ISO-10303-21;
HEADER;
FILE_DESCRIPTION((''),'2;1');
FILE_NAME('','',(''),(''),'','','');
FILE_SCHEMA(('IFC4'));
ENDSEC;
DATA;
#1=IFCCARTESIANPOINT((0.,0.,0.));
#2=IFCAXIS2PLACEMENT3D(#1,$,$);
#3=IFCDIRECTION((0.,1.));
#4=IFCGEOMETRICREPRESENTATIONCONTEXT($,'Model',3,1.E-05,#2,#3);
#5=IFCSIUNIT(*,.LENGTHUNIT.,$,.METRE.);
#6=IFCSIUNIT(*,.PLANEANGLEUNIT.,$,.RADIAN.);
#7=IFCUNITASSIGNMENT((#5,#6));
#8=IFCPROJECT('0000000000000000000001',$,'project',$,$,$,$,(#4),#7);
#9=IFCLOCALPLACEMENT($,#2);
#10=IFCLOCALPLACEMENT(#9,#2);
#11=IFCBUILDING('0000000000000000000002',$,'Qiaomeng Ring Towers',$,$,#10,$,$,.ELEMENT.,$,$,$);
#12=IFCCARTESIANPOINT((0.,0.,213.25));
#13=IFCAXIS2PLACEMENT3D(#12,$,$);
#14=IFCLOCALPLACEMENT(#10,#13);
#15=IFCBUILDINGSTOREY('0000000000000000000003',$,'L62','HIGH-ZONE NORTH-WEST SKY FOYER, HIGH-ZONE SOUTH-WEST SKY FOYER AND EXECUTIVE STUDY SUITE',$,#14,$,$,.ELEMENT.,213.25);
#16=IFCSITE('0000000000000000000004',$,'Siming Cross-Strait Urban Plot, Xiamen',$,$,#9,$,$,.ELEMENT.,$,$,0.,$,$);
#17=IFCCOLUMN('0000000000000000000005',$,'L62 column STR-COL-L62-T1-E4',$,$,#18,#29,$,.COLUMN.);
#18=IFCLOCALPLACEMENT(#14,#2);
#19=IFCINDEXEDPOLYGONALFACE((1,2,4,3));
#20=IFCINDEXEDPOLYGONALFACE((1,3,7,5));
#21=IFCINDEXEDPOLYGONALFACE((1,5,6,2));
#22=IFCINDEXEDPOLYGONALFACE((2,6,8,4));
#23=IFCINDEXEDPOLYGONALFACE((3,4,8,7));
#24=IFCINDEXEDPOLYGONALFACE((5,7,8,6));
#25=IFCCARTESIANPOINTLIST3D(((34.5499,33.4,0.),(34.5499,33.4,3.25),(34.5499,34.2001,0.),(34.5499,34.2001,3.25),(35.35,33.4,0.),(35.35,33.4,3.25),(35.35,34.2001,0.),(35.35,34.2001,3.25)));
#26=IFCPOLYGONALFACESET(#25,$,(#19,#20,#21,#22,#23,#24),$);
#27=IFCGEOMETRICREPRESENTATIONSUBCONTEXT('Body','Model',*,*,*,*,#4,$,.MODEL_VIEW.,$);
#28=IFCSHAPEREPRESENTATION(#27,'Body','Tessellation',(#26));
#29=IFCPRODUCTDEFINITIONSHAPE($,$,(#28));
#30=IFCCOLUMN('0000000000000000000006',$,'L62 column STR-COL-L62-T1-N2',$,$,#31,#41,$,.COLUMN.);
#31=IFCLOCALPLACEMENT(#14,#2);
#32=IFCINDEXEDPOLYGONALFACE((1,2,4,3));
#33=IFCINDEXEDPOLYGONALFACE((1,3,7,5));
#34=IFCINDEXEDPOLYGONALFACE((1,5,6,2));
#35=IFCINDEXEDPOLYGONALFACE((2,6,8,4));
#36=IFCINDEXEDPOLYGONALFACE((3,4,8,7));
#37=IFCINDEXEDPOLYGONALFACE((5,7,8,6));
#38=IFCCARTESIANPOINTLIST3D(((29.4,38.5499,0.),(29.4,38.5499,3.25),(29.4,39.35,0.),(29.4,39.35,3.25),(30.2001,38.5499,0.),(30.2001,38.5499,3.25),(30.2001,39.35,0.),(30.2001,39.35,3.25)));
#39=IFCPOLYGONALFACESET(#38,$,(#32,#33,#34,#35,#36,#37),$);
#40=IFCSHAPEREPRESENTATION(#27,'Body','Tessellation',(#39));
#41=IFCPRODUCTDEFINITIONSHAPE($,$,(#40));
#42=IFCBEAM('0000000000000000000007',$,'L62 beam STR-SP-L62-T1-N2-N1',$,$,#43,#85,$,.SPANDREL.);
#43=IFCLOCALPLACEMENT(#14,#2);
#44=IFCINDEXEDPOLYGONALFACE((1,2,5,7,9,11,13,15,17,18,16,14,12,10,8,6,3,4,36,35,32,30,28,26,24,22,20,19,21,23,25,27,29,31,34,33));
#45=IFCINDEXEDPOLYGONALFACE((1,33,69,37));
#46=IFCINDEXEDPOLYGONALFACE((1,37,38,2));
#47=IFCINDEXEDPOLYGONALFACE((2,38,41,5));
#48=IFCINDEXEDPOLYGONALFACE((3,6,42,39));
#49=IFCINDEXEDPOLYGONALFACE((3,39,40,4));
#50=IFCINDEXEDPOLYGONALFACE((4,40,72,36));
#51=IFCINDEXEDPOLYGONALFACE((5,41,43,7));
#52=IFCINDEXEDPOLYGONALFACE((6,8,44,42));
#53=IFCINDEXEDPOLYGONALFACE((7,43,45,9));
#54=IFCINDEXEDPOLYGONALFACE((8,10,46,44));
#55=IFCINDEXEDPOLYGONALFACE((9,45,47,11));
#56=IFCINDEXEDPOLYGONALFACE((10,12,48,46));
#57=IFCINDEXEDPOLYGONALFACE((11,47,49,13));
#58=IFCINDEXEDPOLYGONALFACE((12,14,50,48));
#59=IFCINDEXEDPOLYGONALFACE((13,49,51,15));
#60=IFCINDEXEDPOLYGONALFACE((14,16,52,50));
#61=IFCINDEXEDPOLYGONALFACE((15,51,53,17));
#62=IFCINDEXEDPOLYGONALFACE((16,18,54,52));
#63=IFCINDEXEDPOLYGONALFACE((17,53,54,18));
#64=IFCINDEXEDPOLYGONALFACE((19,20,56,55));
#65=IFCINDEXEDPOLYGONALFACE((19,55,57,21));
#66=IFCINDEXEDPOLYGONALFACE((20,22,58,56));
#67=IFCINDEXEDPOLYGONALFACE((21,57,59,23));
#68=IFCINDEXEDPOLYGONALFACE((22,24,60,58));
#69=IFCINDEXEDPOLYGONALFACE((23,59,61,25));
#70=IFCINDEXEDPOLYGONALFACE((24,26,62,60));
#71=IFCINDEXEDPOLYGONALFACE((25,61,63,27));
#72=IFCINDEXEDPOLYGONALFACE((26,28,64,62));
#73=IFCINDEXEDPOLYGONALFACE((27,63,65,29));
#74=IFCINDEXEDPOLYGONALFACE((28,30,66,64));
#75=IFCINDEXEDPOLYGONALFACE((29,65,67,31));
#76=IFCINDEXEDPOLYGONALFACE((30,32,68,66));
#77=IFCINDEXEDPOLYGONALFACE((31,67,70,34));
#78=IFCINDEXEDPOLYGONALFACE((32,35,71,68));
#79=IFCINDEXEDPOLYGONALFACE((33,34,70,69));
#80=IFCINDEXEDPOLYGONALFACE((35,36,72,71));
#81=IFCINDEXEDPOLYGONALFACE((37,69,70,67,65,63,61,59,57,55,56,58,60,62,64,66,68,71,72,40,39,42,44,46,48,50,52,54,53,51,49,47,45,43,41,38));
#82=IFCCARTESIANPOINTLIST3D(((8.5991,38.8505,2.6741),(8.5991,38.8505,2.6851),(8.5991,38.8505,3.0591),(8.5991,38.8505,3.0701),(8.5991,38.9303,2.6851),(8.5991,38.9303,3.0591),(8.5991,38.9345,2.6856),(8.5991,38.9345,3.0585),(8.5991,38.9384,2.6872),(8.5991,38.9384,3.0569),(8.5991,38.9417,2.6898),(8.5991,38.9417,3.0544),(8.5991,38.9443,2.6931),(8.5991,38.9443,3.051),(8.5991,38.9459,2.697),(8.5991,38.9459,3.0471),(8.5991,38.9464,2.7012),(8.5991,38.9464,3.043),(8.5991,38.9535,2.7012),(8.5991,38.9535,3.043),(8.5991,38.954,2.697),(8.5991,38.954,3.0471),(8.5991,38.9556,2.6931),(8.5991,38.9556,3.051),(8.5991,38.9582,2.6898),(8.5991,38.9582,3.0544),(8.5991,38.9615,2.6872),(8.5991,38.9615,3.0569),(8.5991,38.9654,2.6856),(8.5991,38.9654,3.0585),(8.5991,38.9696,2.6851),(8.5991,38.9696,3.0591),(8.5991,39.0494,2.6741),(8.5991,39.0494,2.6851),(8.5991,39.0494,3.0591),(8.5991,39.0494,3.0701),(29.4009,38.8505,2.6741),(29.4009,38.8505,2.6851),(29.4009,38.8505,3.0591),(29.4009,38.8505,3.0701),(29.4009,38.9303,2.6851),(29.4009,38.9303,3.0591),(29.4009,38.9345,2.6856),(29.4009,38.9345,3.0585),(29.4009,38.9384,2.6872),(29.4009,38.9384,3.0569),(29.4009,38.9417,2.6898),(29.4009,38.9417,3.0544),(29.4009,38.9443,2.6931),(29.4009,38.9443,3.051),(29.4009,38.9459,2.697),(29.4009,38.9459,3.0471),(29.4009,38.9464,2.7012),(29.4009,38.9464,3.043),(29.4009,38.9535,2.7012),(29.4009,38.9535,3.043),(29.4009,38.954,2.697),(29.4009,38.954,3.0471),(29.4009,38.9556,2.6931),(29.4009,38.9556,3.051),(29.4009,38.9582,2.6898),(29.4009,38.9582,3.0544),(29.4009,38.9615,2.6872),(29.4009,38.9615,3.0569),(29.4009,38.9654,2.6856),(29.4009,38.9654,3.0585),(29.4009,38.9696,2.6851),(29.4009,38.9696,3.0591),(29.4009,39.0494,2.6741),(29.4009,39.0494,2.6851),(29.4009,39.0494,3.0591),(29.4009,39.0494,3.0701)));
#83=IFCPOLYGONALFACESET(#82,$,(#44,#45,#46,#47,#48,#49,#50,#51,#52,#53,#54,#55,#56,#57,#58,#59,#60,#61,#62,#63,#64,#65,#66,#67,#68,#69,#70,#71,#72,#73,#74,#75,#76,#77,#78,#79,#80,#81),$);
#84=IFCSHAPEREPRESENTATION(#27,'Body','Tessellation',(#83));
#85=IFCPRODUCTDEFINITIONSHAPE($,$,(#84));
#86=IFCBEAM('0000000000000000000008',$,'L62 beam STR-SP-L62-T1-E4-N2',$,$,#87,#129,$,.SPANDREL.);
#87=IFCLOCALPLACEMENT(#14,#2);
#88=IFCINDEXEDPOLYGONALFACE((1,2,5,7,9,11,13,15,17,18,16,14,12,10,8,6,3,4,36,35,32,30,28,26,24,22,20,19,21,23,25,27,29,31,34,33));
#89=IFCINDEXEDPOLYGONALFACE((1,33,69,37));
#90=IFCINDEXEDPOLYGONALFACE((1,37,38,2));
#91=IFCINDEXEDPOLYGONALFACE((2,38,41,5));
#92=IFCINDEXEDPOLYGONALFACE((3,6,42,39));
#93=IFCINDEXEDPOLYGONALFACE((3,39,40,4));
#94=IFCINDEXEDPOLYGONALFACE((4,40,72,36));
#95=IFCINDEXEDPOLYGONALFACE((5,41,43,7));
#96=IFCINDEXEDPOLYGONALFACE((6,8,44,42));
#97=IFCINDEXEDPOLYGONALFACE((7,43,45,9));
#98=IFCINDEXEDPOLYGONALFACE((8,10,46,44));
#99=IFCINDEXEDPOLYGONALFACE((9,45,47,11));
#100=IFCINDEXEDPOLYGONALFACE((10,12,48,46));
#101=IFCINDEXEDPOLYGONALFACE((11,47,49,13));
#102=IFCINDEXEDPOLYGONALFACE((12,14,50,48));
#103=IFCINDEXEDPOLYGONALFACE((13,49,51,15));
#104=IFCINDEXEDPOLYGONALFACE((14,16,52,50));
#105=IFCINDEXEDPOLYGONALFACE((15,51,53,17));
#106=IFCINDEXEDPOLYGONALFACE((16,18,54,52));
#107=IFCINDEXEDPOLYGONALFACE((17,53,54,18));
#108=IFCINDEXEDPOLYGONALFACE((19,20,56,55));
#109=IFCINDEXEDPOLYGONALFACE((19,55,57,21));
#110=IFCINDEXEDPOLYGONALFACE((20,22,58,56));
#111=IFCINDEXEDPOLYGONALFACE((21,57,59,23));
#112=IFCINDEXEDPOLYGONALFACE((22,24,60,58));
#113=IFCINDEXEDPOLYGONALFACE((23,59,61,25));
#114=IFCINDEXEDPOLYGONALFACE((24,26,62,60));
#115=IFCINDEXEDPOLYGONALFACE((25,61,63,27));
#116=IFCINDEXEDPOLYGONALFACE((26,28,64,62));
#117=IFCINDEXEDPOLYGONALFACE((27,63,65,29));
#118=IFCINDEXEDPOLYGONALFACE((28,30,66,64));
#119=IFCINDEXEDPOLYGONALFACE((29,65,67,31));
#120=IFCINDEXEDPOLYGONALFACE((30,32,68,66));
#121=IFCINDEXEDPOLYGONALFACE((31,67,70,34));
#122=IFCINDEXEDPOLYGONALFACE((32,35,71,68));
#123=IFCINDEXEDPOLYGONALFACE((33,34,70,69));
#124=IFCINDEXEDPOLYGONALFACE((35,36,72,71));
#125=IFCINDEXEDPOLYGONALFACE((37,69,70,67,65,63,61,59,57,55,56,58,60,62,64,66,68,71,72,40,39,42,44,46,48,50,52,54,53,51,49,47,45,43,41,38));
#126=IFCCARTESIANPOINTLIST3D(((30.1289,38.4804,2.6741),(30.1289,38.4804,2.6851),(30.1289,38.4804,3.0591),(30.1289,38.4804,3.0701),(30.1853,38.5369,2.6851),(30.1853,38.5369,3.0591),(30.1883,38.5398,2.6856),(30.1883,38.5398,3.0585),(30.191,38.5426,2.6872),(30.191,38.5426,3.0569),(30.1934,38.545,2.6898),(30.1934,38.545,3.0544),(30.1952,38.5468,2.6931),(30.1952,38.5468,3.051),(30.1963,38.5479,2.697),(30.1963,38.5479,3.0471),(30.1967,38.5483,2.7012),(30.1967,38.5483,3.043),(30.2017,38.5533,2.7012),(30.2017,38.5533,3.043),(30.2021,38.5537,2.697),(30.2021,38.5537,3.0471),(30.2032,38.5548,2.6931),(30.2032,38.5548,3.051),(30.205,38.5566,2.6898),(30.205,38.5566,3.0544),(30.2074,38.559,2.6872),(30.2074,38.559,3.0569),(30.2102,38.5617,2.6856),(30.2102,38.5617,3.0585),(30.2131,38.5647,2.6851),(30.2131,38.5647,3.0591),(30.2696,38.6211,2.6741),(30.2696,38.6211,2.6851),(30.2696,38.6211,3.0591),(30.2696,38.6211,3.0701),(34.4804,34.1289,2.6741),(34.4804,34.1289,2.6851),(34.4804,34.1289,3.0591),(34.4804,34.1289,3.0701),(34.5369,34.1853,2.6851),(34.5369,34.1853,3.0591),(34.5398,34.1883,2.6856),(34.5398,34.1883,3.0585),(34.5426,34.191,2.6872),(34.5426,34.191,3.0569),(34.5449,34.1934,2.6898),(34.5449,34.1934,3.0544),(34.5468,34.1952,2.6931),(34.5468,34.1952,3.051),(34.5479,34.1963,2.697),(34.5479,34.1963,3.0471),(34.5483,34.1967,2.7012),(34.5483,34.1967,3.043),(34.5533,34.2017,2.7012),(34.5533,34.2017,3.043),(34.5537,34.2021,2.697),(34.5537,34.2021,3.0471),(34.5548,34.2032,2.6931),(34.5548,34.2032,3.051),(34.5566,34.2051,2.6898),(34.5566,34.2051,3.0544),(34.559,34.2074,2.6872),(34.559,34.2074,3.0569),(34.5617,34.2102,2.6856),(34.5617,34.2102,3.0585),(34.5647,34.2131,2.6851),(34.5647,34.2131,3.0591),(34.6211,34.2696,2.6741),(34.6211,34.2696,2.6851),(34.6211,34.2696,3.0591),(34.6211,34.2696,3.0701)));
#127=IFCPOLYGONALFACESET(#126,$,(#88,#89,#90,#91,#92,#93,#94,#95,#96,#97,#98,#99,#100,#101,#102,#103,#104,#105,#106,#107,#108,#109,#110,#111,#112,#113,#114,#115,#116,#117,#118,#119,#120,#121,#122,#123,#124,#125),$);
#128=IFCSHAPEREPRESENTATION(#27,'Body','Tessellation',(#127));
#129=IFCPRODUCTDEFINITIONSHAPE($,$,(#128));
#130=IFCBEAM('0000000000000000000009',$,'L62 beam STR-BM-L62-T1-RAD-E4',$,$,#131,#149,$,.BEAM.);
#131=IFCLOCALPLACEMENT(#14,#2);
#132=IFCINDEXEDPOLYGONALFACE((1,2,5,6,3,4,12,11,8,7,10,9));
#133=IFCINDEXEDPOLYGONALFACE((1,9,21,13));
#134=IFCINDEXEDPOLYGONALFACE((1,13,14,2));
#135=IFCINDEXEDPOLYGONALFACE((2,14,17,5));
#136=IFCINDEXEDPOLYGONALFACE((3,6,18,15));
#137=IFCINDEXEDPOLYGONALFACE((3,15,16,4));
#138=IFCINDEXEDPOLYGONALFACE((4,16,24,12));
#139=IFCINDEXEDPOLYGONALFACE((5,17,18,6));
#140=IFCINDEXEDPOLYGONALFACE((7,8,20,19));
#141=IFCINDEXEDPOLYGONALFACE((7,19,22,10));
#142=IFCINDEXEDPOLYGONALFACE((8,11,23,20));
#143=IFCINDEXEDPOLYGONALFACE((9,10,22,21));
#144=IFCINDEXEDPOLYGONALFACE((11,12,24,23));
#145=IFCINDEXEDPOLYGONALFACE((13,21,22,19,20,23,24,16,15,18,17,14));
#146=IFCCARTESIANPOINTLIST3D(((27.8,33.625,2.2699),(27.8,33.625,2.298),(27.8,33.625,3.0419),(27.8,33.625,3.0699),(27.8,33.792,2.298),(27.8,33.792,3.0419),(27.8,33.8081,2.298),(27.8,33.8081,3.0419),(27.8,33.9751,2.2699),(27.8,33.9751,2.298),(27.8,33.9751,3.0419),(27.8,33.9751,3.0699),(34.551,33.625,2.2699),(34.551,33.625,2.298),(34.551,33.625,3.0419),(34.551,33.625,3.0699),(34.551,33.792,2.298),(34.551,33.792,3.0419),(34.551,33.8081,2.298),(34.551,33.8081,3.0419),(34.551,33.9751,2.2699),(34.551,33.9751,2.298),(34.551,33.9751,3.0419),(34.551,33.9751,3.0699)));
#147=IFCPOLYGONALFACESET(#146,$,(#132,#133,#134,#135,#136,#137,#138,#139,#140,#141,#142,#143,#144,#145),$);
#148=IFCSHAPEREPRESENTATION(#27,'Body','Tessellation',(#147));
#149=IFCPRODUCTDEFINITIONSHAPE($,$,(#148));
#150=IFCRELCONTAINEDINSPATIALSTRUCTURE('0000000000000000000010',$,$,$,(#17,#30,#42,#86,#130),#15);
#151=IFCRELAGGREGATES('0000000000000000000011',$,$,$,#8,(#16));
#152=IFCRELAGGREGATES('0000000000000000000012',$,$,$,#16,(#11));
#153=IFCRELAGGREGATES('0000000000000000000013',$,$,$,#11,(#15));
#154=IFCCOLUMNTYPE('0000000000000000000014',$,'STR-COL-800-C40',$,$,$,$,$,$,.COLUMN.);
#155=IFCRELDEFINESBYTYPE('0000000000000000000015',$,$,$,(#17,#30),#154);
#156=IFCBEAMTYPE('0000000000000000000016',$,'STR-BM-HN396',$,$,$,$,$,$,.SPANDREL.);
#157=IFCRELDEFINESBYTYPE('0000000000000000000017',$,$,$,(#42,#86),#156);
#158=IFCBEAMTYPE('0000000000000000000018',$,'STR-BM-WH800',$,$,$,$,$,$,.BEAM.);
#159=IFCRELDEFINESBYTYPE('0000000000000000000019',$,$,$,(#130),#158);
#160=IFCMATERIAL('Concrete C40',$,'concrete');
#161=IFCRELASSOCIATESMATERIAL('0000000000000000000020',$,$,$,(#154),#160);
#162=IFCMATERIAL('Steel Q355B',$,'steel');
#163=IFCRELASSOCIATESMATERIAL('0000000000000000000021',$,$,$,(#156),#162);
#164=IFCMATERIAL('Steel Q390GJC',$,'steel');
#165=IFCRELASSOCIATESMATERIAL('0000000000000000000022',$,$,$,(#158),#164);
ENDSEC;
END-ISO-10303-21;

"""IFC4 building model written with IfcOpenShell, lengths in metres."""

from ifc_helpers import new_model, si_unit, direction, frame, origin, origin_2d, place, context, subcontext, project, spatial, rectangle, i_section, extrude, source, transform, mapped, material, material_profile, profile_set, type_object, element, save


model = new_model("IFC4")

# Units and contexts
model_context = context("Model", 3, precision=1e-05, world=origin(), true_north=direction((0.0, 1.0)))
body_context = subcontext(model_context, "Body", "Model", "MODEL_VIEW")
ifc_project = project(units=[si_unit("LENGTHUNIT", "METRE"), si_unit("PLANEANGLEUNIT", "RADIAN")], contexts=[model_context])

# Site, building, storey
site_placement = place(None, origin())
site = spatial("IfcSite", under=ifc_project, at=site_placement, Name="Siming Cross-Strait Urban Plot, Xiamen", CompositionType="ELEMENT", RefElevation=0.0)
building_placement = place(site_placement, origin())
building = spatial("IfcBuilding", under=site, at=building_placement, Name="Qiaomeng Ring Towers", CompositionType="ELEMENT")
storey_placement = place(building_placement, frame((0.0, 0.0, 213.25)))
storey = spatial("IfcBuildingStorey", under=building, at=storey_placement, Name="L62", Description="HIGH-ZONE NORTH-WEST SKY FOYER, HIGH-ZONE SOUTH-WEST SKY FOYER AND EXECUTIVE STUDY SUITE", CompositionType="ELEMENT", Elevation=213.25)

# Columns
ifc_material_1 = material(Name="Concrete C40", Category="concrete")
ifc_material_profile_1 = material_profile(ifc_material_1, rectangle(XDim=0.8, YDim=0.8, at=origin_2d()), Name="RC COL 800x800")
ifc_profile_set_1 = profile_set([ifc_material_profile_1], Name="Concrete C40")
column_type = type_object("IfcColumnType", Name="STR-COL-800-C40", PredefinedType="COLUMN", material=ifc_profile_set_1)
shared_shape_1 = source(origin(), body_context, "Body", "SweptSolid", [
    extrude(rectangle(XDim=0.8, YDim=0.8, at=origin_2d()), origin(), (0.0, 0.0, 1.0), 3.25),
])
for number, where, z_axis, x_axis, name in (
    (1, (34.95, 33.8, 0.0), (0.0, 0.0, 1.0), (1.0, 0.0, 0.0), "L62 column STR-COL-L62-T1-E4"),
    (2, (29.8, 38.95, 0.0), (0.0, 0.0, 1.0), (1.0, 0.0, 0.0), "L62 column STR-COL-L62-T1-N2"),
):
    element("IfcColumn", number, at=place(storey_placement, frame(where, z_axis=z_axis, x_axis=x_axis)), inside=storey, type_object=column_type, Name=name, PredefinedType="COLUMN", context=body_context, shape_type="MappedRepresentation", body=[
        mapped(shared_shape_1, transform((0.0, 0.0, 0.0), x_axis=(1.0, 0.0, 0.0), y_axis=(0.0, 1.0, 0.0), z_axis=(0.0, 0.0, 1.0), scale=1.0)),
    ])

# Beams
ifc_material_2 = material(Name="Steel Q355B", Category="steel")
ifc_material_profile_2 = material_profile(ifc_material_2, i_section(OverallWidth=0.199, OverallDepth=0.396, WebThickness=0.0071, FlangeThickness=0.011, FilletRadius=0.0161, at=origin_2d()), Name="HN 396x199x7x11")
ifc_profile_set_2 = profile_set([ifc_material_profile_2], Name="Steel Q355B")
beam_type_1 = type_object("IfcBeamType", Name="STR-BM-HN396", PredefinedType="SPANDREL", material=ifc_profile_set_2)
shared_shape_2 = source(origin(), body_context, "Body", "SweptSolid", [
    extrude(i_section(OverallWidth=0.199, OverallDepth=0.396, WebThickness=0.0071, FlangeThickness=0.011, FilletRadius=0.0161, at=origin_2d()), origin(), (0.0, 0.0, 1.0), 20.8018),
])
beam_1_placement = place(storey_placement, frame((29.4009, 38.95, 2.8721), z_axis=(-1.0, 0.0, 0.0), x_axis=(0.0, -1.0, 0.0)))
element("IfcBeam", 3, at=beam_1_placement, inside=storey, type_object=beam_type_1, Name="L62 beam STR-SP-L62-T1-N2-N1", PredefinedType="SPANDREL", context=body_context, shape_type="MappedRepresentation", body=[
    mapped(shared_shape_2, transform((0.0, 0.0, 0.0), x_axis=(1.0, 0.0, 0.0), y_axis=(0.0, 1.0, 0.0), z_axis=(0.0, 0.0, 1.0), scale=1.0)),
])
shared_shape_3 = source(origin(), body_context, "Body", "SweptSolid", [
    extrude(i_section(OverallWidth=0.199, OverallDepth=0.396, WebThickness=0.0071, FlangeThickness=0.011, FilletRadius=0.0161, at=origin_2d()), origin(), (0.0, 0.0, 1.0), 6.1541),
])
beam_2_placement = place(storey_placement, frame((34.5508, 34.1992, 2.8721), z_axis=(-0.707107, 0.707107, 0.0), x_axis=(-0.707107, -0.707107, 0.0)))
element("IfcBeam", 4, at=beam_2_placement, inside=storey, type_object=beam_type_1, Name="L62 beam STR-SP-L62-T1-E4-N2", PredefinedType="SPANDREL", context=body_context, shape_type="MappedRepresentation", body=[
    mapped(shared_shape_3, transform((0.0, 0.0, 0.0), x_axis=(1.0, 0.0, 0.0), y_axis=(0.0, 1.0, 0.0), z_axis=(0.0, 0.0, 1.0), scale=1.0)),
])
ifc_material_3 = material(Name="Steel Q390GJC", Category="steel")
ifc_material_profile_3 = material_profile(ifc_material_3, i_section(OverallWidth=0.3501, OverallDepth=0.8, WebThickness=0.0161, FlangeThickness=0.0281, at=origin_2d()), Name="WH 800x350x16x28")
ifc_profile_set_3 = profile_set([ifc_material_profile_3], Name="Steel Q390GJC")
beam_type_2 = type_object("IfcBeamType", Name="STR-BM-WH800", PredefinedType="BEAM", material=ifc_profile_set_3)
shared_shape_4 = source(origin(), body_context, "Body", "SweptSolid", [
    extrude(i_section(OverallWidth=0.3501, OverallDepth=0.8, WebThickness=0.0161, FlangeThickness=0.0281, at=origin_2d()), origin(), (0.0, 0.0, 1.0), 6.751),
])
beam_3_placement = place(storey_placement, frame((27.8, 33.8, 2.6699), z_axis=(1.0, 0.0, 0.0), x_axis=(0.0, 1.0, 0.0)))
element("IfcBeam", 5, at=beam_3_placement, inside=storey, type_object=beam_type_2, Name="L62 beam STR-BM-L62-T1-RAD-E4", PredefinedType="BEAM", context=body_context, shape_type="MappedRepresentation", body=[
    mapped(shared_shape_4, transform((0.0, 0.0, 0.0), x_axis=(1.0, 0.0, 0.0), y_axis=(0.0, 1.0, 0.0), z_axis=(0.0, 0.0, 1.0), scale=1.0)),
])

save(model, "model.ifc")
